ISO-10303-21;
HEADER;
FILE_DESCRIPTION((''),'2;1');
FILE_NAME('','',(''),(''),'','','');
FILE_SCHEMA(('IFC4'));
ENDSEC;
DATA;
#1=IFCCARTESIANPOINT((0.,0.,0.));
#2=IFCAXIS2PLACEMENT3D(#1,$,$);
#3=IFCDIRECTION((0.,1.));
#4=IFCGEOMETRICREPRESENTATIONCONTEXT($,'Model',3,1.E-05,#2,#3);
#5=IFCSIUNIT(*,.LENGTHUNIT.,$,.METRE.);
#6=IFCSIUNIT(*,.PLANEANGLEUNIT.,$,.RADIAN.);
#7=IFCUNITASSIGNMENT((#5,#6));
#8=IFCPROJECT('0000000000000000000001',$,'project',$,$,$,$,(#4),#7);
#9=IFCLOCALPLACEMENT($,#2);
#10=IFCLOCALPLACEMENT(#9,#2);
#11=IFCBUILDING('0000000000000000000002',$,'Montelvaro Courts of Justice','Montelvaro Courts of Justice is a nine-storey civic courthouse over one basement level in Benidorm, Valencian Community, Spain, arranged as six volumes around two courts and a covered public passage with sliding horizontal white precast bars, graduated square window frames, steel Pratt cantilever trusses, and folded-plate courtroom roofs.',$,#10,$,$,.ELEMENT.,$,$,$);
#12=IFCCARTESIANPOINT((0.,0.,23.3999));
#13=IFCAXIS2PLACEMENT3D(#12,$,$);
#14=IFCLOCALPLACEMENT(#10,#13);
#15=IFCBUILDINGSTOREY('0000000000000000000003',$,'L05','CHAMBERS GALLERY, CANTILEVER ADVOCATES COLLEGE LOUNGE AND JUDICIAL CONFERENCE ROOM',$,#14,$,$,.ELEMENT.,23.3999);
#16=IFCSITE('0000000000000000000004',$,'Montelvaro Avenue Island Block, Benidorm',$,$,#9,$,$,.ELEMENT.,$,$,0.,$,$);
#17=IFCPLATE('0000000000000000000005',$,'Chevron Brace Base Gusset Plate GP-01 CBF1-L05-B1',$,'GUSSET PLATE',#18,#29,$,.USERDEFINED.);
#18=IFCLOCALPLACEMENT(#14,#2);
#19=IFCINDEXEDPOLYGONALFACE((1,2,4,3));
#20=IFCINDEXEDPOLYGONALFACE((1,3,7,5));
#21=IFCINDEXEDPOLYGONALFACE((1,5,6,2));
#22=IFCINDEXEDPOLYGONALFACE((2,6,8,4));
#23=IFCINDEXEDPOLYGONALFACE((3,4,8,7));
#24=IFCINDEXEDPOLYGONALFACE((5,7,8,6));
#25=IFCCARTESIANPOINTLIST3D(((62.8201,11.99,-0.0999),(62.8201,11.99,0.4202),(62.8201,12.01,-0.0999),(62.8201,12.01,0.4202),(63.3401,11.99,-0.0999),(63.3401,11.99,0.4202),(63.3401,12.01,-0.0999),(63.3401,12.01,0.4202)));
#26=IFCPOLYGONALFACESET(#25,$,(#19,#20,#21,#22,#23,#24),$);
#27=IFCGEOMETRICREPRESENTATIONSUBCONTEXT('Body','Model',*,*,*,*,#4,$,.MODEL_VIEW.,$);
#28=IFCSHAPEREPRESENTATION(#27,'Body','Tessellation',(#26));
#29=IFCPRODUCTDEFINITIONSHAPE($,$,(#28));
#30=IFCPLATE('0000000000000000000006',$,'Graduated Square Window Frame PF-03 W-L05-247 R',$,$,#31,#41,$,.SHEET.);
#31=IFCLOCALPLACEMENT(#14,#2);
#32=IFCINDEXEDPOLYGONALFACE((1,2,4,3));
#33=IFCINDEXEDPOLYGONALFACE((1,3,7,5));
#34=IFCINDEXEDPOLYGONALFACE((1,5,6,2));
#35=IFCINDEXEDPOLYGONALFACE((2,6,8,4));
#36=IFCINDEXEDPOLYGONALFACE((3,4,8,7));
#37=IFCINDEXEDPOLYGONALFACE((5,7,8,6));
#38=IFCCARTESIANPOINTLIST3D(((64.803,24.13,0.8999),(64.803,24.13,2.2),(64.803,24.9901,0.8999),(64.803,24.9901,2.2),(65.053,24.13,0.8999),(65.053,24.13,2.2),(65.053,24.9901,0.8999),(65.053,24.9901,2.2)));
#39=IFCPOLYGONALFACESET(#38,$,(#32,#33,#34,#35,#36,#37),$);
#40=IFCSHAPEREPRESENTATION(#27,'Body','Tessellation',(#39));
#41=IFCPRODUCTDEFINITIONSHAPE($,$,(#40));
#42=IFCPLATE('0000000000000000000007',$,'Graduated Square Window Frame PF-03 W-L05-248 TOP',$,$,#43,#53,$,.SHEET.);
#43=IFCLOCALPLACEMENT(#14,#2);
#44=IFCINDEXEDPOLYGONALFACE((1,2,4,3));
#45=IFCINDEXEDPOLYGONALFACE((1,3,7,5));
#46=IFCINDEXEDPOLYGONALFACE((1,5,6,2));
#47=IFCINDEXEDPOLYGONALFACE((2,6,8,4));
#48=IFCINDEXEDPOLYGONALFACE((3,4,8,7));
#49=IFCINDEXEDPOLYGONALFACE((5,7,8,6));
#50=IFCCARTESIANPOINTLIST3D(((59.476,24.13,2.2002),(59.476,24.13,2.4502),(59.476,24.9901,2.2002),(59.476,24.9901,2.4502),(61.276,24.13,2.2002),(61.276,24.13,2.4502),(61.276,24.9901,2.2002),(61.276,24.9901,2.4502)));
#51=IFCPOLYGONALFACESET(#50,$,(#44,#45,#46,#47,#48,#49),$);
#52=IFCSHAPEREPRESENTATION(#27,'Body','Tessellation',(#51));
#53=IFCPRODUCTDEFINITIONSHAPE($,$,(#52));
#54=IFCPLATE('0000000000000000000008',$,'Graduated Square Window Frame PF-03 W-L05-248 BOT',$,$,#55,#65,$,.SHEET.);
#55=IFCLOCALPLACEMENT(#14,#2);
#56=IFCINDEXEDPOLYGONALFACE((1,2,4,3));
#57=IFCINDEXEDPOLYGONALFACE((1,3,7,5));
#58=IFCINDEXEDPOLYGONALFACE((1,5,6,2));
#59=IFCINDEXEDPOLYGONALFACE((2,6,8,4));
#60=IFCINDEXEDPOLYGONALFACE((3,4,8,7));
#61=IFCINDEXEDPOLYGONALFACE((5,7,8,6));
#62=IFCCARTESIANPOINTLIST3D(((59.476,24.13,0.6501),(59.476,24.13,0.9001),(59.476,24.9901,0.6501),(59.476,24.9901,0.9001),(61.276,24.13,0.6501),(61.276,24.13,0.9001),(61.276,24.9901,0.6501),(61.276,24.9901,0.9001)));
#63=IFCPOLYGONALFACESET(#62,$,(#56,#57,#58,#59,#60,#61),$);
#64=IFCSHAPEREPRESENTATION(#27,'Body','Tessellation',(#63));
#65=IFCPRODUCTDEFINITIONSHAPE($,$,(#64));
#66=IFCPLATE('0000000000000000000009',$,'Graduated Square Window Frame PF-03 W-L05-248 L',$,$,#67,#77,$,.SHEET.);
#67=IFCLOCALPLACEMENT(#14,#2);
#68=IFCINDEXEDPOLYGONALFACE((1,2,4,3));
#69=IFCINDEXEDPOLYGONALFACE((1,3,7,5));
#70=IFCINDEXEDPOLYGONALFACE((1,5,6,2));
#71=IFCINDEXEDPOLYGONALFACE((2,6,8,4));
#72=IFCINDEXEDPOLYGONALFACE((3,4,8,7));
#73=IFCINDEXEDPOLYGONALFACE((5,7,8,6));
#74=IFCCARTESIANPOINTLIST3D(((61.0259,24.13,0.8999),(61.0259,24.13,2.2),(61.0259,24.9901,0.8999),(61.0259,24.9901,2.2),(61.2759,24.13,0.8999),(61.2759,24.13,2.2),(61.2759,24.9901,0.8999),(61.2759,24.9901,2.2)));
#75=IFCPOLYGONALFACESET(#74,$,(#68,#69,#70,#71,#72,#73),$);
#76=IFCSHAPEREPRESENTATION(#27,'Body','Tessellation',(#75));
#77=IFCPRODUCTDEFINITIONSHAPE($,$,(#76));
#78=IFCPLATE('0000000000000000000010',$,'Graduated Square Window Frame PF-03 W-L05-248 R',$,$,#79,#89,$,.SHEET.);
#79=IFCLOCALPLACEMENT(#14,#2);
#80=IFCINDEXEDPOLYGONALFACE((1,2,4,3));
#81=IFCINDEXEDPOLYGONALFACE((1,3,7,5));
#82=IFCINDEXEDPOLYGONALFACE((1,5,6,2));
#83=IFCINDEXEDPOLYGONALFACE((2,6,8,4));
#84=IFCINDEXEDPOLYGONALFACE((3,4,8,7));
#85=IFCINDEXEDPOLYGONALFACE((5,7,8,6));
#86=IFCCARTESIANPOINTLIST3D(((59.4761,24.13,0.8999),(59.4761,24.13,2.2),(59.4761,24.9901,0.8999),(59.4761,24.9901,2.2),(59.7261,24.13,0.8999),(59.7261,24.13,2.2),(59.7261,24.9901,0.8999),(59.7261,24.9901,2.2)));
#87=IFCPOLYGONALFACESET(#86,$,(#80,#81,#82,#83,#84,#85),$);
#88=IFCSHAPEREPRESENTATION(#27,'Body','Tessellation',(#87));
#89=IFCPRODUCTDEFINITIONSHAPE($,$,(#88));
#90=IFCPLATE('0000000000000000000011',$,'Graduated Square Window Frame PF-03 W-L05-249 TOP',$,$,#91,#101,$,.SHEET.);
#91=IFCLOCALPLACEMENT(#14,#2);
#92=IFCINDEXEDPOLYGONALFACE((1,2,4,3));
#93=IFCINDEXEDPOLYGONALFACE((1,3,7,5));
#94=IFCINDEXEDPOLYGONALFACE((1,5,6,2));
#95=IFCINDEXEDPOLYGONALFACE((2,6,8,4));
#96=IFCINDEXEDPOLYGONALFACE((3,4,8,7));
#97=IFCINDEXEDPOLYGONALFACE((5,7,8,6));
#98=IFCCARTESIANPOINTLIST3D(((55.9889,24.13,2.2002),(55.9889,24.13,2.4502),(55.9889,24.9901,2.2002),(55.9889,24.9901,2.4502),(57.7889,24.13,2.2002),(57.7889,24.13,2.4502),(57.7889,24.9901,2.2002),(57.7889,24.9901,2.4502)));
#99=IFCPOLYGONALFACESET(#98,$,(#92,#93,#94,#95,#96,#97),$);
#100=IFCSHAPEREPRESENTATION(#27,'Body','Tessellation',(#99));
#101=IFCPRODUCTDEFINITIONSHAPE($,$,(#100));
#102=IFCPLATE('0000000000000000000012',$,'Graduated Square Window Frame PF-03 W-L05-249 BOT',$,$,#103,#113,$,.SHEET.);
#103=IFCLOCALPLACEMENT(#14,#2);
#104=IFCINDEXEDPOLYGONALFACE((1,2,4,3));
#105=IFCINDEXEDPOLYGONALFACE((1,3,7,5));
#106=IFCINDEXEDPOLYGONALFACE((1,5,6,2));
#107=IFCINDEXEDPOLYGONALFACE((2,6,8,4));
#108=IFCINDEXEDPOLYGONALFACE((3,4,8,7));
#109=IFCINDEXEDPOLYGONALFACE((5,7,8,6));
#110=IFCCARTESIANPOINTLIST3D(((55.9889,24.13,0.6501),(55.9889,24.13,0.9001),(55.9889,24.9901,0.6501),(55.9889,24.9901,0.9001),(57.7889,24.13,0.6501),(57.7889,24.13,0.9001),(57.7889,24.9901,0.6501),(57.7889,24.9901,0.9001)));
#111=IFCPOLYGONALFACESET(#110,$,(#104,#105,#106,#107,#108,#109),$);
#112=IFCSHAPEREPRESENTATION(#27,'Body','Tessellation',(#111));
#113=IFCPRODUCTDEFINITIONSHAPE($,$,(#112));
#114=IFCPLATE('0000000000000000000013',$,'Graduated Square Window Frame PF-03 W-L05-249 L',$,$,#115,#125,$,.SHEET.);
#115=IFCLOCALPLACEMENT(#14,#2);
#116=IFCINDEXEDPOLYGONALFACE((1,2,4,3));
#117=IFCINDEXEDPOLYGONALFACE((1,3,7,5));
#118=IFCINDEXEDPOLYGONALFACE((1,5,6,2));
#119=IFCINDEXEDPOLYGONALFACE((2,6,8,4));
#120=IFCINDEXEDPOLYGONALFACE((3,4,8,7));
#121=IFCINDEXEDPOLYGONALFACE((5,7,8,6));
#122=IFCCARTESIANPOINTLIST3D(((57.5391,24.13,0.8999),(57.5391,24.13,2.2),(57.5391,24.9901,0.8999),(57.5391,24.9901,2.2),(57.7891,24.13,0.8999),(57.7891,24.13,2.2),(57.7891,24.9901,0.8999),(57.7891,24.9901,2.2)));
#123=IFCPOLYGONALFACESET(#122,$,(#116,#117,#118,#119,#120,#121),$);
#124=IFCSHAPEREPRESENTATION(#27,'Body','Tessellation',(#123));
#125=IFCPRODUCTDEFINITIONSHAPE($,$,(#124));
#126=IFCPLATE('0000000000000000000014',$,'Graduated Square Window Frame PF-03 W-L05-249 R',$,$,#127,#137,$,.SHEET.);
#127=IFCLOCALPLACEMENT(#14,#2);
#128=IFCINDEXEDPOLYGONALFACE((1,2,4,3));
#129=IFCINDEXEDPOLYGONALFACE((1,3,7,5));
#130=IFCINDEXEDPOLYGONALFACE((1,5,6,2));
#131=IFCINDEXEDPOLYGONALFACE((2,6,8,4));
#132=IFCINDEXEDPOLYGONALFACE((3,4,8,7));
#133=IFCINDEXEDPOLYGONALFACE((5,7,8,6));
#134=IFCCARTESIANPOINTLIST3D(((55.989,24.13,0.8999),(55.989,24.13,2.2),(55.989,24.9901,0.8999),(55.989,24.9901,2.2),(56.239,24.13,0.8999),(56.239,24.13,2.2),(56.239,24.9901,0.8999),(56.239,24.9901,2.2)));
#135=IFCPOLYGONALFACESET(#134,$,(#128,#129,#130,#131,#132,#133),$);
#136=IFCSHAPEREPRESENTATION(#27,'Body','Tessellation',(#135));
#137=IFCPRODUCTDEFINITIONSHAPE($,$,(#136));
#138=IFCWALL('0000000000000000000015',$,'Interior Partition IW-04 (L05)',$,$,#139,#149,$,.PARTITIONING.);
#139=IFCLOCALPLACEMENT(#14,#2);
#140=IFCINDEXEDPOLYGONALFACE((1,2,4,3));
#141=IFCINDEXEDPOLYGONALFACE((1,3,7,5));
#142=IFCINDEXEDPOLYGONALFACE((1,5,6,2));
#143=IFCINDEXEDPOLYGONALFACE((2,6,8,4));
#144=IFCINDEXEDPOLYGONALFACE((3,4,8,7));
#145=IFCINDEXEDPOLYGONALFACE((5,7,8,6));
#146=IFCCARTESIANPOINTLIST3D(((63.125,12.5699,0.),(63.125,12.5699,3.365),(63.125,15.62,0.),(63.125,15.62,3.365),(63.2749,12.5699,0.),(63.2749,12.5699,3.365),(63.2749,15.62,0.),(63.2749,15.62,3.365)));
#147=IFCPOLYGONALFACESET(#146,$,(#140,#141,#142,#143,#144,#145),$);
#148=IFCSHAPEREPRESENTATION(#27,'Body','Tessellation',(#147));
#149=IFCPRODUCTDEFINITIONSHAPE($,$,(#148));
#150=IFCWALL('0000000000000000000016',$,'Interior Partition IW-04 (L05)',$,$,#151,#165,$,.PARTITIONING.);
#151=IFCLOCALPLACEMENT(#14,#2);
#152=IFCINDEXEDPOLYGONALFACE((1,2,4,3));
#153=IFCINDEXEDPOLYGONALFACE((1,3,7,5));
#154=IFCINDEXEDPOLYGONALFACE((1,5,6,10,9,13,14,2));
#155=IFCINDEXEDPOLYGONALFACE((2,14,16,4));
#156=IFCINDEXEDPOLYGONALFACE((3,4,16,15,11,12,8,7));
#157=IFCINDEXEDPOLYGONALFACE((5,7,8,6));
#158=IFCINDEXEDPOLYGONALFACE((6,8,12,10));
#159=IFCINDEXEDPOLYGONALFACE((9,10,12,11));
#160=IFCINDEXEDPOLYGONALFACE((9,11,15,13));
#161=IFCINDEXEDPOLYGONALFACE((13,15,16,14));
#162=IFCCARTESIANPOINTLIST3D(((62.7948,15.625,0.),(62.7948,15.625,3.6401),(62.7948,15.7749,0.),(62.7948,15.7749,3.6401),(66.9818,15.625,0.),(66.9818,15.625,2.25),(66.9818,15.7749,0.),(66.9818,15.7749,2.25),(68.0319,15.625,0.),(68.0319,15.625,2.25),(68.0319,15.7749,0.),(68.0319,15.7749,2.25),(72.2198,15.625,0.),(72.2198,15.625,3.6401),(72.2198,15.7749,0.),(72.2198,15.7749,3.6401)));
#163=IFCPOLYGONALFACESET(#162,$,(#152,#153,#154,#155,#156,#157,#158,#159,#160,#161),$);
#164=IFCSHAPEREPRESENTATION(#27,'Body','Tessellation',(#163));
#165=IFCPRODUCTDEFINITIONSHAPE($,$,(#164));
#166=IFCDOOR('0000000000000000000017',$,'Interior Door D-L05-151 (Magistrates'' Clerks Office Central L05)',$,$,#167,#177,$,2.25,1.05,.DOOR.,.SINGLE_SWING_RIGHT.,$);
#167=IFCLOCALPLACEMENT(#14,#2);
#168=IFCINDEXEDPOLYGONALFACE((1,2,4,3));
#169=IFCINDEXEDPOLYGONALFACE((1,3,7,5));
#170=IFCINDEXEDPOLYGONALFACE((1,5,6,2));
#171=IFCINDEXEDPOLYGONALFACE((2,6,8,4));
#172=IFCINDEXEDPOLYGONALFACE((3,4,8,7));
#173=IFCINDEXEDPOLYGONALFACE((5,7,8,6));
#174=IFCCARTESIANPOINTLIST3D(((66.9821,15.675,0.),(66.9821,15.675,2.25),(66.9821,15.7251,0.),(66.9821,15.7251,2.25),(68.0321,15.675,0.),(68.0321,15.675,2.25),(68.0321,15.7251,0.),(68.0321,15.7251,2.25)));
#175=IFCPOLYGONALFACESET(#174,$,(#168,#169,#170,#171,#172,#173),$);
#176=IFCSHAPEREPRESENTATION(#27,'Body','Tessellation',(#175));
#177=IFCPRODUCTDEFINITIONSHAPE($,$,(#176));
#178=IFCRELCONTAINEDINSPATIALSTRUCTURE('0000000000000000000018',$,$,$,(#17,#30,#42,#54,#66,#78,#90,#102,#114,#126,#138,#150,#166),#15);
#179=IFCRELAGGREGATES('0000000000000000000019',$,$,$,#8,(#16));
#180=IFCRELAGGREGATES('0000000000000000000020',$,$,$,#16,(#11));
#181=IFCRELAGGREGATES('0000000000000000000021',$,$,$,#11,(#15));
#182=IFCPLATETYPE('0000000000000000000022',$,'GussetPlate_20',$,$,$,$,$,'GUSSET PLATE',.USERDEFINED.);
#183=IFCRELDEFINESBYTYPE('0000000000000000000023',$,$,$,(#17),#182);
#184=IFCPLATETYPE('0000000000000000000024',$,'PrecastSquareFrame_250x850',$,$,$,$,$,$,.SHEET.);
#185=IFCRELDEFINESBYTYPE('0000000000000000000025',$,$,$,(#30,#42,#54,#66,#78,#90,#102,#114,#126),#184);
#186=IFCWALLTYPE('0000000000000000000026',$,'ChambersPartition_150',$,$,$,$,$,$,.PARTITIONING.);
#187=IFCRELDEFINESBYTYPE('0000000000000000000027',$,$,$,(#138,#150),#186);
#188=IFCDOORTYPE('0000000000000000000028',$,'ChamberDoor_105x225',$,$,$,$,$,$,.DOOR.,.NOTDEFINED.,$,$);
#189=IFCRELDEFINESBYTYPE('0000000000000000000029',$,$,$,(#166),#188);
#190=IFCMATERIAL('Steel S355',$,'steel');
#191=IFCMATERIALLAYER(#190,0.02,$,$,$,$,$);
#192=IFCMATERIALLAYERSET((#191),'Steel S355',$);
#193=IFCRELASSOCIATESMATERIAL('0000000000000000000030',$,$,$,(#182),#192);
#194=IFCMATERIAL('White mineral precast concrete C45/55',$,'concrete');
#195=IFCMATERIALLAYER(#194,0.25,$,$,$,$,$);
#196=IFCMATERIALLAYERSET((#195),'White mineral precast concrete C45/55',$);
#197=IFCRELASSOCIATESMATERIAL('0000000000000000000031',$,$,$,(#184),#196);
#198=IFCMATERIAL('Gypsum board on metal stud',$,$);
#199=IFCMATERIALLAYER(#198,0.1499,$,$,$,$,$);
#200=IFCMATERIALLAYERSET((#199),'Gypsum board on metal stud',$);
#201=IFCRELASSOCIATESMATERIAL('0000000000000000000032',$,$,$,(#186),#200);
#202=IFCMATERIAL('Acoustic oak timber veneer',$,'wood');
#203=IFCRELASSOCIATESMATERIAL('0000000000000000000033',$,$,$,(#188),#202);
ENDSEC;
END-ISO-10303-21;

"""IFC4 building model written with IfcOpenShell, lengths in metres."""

from ifc_helpers import new_model, si_unit, direction, frame, frame_2d, origin, origin_2d, place, context, subcontext, project, spatial, rectangle, extrude, material, layer, layer_set, type_object, element, fill, save


model = new_model("IFC4")

# Units and contexts
model_context = context("Model", 3, precision=1e-05, world=origin(), true_north=direction((0.0, 1.0)))
body_context = subcontext(model_context, "Body", "Model", "MODEL_VIEW")
ifc_project = project(units=[si_unit("LENGTHUNIT", "METRE"), si_unit("PLANEANGLEUNIT", "RADIAN")], contexts=[model_context])

# Site, building, storey
site_placement = place(None, origin())
site = spatial("IfcSite", under=ifc_project, at=site_placement, Name="Montelvaro Avenue Island Block, Benidorm", CompositionType="ELEMENT", RefElevation=0.0)
building_placement = place(site_placement, origin())
building = spatial("IfcBuilding", under=site, at=building_placement, Name="Montelvaro Courts of Justice", Description="Montelvaro Courts of Justice is a nine-storey civic courthouse over one basement level in Benidorm, Valencian Community, Spain, arranged as six volumes around two courts and a covered public passage with sliding horizontal white precast bars, graduated square window frames, steel Pratt cantilever trusses, and folded-plate courtroom roofs.", CompositionType="ELEMENT")
storey_placement = place(building_placement, frame((0.0, 0.0, 23.3999)))
storey = spatial("IfcBuildingStorey", under=building, at=storey_placement, Name="L05", Description="CHAMBERS GALLERY, CANTILEVER ADVOCATES COLLEGE LOUNGE AND JUDICIAL CONFERENCE ROOM", CompositionType="ELEMENT", Elevation=23.3999)

# Shared definitions
ifc_material_1 = material(Name="Steel S355", Category="steel")

# Plates
ifc_layer_1 = layer(ifc_material_1, 0.02)
ifc_layer_set_1 = layer_set([ifc_layer_1], Name="Steel S355")
plate_type_1 = type_object("IfcPlateType", Name="GussetPlate_20", ElementType="GUSSET PLATE", PredefinedType="USERDEFINED", material=ifc_layer_set_1)
plate_1_placement = place(storey_placement, frame((63.0801, 12.0, -0.0999), z_axis=(0.0, 0.0, 1.0), x_axis=(1.0, 0.0, 0.0)))
element("IfcPlate", 1, at=plate_1_placement, inside=storey, type_object=plate_type_1, Name="Chevron Brace Base Gusset Plate GP-01 CBF1-L05-B1", ObjectType="GUSSET PLATE", PredefinedType="USERDEFINED", context=body_context, shape_type="SweptSolid", body=[
    extrude(rectangle(XDim=0.52, YDim=0.02, at=origin_2d()), origin(), (0.0, 0.0, 1.0), 0.52),
])
ifc_material_2 = material(Name="White mineral precast concrete C45/55", Category="concrete")
ifc_layer_2 = layer(ifc_material_2, 0.25)
ifc_layer_set_2 = layer_set([ifc_layer_2], Name="White mineral precast concrete C45/55")
plate_type_2 = type_object("IfcPlateType", Name="PrecastSquareFrame_250x850", PredefinedType="SHEET", material=ifc_layer_set_2)
plate_2_placement = place(storey_placement, frame((64.928, 24.5601, 0.8999), z_axis=(0.0, 0.0, 1.0), x_axis=(-1.0, 0.0, 0.0)))
element("IfcPlate", 2, at=plate_2_placement, inside=storey, type_object=plate_type_2, Name="Graduated Square Window Frame PF-03 W-L05-247 R", PredefinedType="SHEET", context=body_context, shape_type="SweptSolid", body=[
    extrude(rectangle(XDim=0.25, YDim=0.8601, at=origin_2d()), origin(), (0.0, 0.0, 1.0), 1.3),
])
for number, where, z_axis, x_axis, name in (
    (3, (60.376, 24.5601, 2.2002), (0.0, 0.0, 1.0), (-1.0, 0.0, 0.0), "Graduated Square Window Frame PF-03 W-L05-248 TOP"),
    (4, (60.376, 24.5601, 0.6501), (0.0, 0.0, 1.0), (-1.0, 0.0, 0.0), "Graduated Square Window Frame PF-03 W-L05-248 BOT"),
):
    element("IfcPlate", number, at=place(storey_placement, frame(where, z_axis=z_axis, x_axis=x_axis)), inside=storey, type_object=plate_type_2, Name=name, PredefinedType="SHEET", context=body_context, shape_type="SweptSolid", body=[
        extrude(rectangle(XDim=1.8, YDim=0.8601, at=origin_2d()), origin(), (0.0, 0.0, 1.0), 0.25),
    ])
for number, where, z_axis, x_axis, name in (
    (5, (61.1509, 24.5601, 0.8999), (0.0, 0.0, 1.0), (-1.0, 0.0, 0.0), "Graduated Square Window Frame PF-03 W-L05-248 L"),
    (6, (59.6011, 24.5601, 0.8999), (0.0, 0.0, 1.0), (-1.0, 0.0, 0.0), "Graduated Square Window Frame PF-03 W-L05-248 R"),
):
    element("IfcPlate", number, at=place(storey_placement, frame(where, z_axis=z_axis, x_axis=x_axis)), inside=storey, type_object=plate_type_2, Name=name, PredefinedType="SHEET", context=body_context, shape_type="SweptSolid", body=[
        extrude(rectangle(XDim=0.25, YDim=0.8601, at=origin_2d()), origin(), (0.0, 0.0, 1.0), 1.3),
    ])
for number, where, z_axis, x_axis, name in (
    (7, (56.8889, 24.5601, 2.2002), (0.0, 0.0, 1.0), (-1.0, 0.0, 0.0), "Graduated Square Window Frame PF-03 W-L05-249 TOP"),
    (8, (56.8889, 24.5601, 0.6501), (0.0, 0.0, 1.0), (-1.0, 0.0, 0.0), "Graduated Square Window Frame PF-03 W-L05-249 BOT"),
):
    element("IfcPlate", number, at=place(storey_placement, frame(where, z_axis=z_axis, x_axis=x_axis)), inside=storey, type_object=plate_type_2, Name=name, PredefinedType="SHEET", context=body_context, shape_type="SweptSolid", body=[
        extrude(rectangle(XDim=1.8, YDim=0.8601, at=origin_2d()), origin(), (0.0, 0.0, 1.0), 0.25),
    ])
for number, where, z_axis, x_axis, name in (
    (9, (57.6641, 24.5601, 0.8999), (0.0, 0.0, 1.0), (-1.0, 0.0, 0.0), "Graduated Square Window Frame PF-03 W-L05-249 L"),
    (10, (56.114, 24.5601, 0.8999), (0.0, 0.0, 1.0), (-1.0, 0.0, 0.0), "Graduated Square Window Frame PF-03 W-L05-249 R"),
):
    element("IfcPlate", number, at=place(storey_placement, frame(where, z_axis=z_axis, x_axis=x_axis)), inside=storey, type_object=plate_type_2, Name=name, PredefinedType="SHEET", context=body_context, shape_type="SweptSolid", body=[
        extrude(rectangle(XDim=0.25, YDim=0.8601, at=origin_2d()), origin(), (0.0, 0.0, 1.0), 1.3),
    ])

# Wall
ifc_material_3 = material(Name="Gypsum board on metal stud")
ifc_layer_3 = layer(ifc_material_3, 0.1499)
ifc_layer_set_3 = layer_set([ifc_layer_3], Name="Gypsum board on metal stud")
wall_type_1 = type_object("IfcWallType", Name="ChambersPartition_150", PredefinedType="PARTITIONING", material=ifc_layer_set_3)
wall_1_placement = place(storey_placement, frame((63.2, 12.5701, 0.0), z_axis=(0.0, 0.0, 1.0), x_axis=(0.0, 1.0, 0.0)))
element("IfcWall", 11, at=wall_1_placement, inside=storey, type_object=wall_type_1, Name="Interior Partition IW-04 (L05)", PredefinedType="PARTITIONING", context=body_context, shape_type="SweptSolid", body=[
    extrude(rectangle(XDim=3.05, YDim=0.1499, at=frame_2d((1.5249, 0.0))), origin(), (0.0, 0.0, 1.0), 3.365),
])

# Wall, opening, door
wall_2_placement = place(storey_placement, frame((62.7949, 15.7, 0.0), z_axis=(0.0, 0.0, 1.0), x_axis=(1.0, 0.0, 0.0)))
wall_2 = element("IfcWall", 12, at=wall_2_placement, inside=storey, type_object=wall_type_1, Name="Interior Partition IW-04 (L05)", PredefinedType="PARTITIONING", context=body_context, shape_type="SweptSolid", body=[
    extrude(rectangle(XDim=9.425, YDim=0.1499, at=frame_2d((4.7124, 0.0))), origin(), (0.0, 0.0, 1.0), 3.6401),
])
opening_1_placement = place(wall_2_placement, frame((4.187, 0.0, 0.0)))
opening_1 = element("IfcOpeningElement", 13, at=opening_1_placement, cuts=wall_2, PredefinedType="OPENING", context=body_context, shape_type="SweptSolid", body=[
    extrude(rectangle(XDim=1.05, YDim=2.25, at=frame_2d((0.5249, 1.125))), frame((0.0, 0.0898, 0.0), z_axis=(0.0, -1.0, 0.0), x_axis=(1.0, 0.0, 0.0)), (0.0, 0.0, 1.0), 0.1797),
])
ifc_material_4 = material(Name="Acoustic oak timber veneer", Category="wood")
door_type_1 = type_object("IfcDoorType", Name="ChamberDoor_105x225", OperationType="NOTDEFINED", PredefinedType="DOOR", material=ifc_material_4)
door_1_placement = place(opening_1_placement, frame((1.05, 0.0, 0.0), z_axis=(0.0, 0.0, 1.0), x_axis=(-1.0, 0.0, 0.0)))
door_1 = element("IfcDoor", 14, at=door_1_placement, inside=storey, type_object=door_type_1, Name="Interior Door D-L05-151 (Magistrates' Clerks Office Central L05)", OperationType="SINGLE_SWING_RIGHT", OverallHeight=2.25, OverallWidth=1.05, PredefinedType="DOOR", context=body_context, shape_type="SweptSolid", body=[
    extrude(rectangle(XDim=1.05, YDim=2.25, at=frame_2d((0.5249, 1.125))), frame((0.0, 0.0249, 0.0), z_axis=(0.0, -1.0, 0.0), x_axis=(1.0, 0.0, 0.0)), (0.0, 0.0, 1.0), 0.05),
])
fill(opening_1, door_1)

save(model, "model.ifc")
